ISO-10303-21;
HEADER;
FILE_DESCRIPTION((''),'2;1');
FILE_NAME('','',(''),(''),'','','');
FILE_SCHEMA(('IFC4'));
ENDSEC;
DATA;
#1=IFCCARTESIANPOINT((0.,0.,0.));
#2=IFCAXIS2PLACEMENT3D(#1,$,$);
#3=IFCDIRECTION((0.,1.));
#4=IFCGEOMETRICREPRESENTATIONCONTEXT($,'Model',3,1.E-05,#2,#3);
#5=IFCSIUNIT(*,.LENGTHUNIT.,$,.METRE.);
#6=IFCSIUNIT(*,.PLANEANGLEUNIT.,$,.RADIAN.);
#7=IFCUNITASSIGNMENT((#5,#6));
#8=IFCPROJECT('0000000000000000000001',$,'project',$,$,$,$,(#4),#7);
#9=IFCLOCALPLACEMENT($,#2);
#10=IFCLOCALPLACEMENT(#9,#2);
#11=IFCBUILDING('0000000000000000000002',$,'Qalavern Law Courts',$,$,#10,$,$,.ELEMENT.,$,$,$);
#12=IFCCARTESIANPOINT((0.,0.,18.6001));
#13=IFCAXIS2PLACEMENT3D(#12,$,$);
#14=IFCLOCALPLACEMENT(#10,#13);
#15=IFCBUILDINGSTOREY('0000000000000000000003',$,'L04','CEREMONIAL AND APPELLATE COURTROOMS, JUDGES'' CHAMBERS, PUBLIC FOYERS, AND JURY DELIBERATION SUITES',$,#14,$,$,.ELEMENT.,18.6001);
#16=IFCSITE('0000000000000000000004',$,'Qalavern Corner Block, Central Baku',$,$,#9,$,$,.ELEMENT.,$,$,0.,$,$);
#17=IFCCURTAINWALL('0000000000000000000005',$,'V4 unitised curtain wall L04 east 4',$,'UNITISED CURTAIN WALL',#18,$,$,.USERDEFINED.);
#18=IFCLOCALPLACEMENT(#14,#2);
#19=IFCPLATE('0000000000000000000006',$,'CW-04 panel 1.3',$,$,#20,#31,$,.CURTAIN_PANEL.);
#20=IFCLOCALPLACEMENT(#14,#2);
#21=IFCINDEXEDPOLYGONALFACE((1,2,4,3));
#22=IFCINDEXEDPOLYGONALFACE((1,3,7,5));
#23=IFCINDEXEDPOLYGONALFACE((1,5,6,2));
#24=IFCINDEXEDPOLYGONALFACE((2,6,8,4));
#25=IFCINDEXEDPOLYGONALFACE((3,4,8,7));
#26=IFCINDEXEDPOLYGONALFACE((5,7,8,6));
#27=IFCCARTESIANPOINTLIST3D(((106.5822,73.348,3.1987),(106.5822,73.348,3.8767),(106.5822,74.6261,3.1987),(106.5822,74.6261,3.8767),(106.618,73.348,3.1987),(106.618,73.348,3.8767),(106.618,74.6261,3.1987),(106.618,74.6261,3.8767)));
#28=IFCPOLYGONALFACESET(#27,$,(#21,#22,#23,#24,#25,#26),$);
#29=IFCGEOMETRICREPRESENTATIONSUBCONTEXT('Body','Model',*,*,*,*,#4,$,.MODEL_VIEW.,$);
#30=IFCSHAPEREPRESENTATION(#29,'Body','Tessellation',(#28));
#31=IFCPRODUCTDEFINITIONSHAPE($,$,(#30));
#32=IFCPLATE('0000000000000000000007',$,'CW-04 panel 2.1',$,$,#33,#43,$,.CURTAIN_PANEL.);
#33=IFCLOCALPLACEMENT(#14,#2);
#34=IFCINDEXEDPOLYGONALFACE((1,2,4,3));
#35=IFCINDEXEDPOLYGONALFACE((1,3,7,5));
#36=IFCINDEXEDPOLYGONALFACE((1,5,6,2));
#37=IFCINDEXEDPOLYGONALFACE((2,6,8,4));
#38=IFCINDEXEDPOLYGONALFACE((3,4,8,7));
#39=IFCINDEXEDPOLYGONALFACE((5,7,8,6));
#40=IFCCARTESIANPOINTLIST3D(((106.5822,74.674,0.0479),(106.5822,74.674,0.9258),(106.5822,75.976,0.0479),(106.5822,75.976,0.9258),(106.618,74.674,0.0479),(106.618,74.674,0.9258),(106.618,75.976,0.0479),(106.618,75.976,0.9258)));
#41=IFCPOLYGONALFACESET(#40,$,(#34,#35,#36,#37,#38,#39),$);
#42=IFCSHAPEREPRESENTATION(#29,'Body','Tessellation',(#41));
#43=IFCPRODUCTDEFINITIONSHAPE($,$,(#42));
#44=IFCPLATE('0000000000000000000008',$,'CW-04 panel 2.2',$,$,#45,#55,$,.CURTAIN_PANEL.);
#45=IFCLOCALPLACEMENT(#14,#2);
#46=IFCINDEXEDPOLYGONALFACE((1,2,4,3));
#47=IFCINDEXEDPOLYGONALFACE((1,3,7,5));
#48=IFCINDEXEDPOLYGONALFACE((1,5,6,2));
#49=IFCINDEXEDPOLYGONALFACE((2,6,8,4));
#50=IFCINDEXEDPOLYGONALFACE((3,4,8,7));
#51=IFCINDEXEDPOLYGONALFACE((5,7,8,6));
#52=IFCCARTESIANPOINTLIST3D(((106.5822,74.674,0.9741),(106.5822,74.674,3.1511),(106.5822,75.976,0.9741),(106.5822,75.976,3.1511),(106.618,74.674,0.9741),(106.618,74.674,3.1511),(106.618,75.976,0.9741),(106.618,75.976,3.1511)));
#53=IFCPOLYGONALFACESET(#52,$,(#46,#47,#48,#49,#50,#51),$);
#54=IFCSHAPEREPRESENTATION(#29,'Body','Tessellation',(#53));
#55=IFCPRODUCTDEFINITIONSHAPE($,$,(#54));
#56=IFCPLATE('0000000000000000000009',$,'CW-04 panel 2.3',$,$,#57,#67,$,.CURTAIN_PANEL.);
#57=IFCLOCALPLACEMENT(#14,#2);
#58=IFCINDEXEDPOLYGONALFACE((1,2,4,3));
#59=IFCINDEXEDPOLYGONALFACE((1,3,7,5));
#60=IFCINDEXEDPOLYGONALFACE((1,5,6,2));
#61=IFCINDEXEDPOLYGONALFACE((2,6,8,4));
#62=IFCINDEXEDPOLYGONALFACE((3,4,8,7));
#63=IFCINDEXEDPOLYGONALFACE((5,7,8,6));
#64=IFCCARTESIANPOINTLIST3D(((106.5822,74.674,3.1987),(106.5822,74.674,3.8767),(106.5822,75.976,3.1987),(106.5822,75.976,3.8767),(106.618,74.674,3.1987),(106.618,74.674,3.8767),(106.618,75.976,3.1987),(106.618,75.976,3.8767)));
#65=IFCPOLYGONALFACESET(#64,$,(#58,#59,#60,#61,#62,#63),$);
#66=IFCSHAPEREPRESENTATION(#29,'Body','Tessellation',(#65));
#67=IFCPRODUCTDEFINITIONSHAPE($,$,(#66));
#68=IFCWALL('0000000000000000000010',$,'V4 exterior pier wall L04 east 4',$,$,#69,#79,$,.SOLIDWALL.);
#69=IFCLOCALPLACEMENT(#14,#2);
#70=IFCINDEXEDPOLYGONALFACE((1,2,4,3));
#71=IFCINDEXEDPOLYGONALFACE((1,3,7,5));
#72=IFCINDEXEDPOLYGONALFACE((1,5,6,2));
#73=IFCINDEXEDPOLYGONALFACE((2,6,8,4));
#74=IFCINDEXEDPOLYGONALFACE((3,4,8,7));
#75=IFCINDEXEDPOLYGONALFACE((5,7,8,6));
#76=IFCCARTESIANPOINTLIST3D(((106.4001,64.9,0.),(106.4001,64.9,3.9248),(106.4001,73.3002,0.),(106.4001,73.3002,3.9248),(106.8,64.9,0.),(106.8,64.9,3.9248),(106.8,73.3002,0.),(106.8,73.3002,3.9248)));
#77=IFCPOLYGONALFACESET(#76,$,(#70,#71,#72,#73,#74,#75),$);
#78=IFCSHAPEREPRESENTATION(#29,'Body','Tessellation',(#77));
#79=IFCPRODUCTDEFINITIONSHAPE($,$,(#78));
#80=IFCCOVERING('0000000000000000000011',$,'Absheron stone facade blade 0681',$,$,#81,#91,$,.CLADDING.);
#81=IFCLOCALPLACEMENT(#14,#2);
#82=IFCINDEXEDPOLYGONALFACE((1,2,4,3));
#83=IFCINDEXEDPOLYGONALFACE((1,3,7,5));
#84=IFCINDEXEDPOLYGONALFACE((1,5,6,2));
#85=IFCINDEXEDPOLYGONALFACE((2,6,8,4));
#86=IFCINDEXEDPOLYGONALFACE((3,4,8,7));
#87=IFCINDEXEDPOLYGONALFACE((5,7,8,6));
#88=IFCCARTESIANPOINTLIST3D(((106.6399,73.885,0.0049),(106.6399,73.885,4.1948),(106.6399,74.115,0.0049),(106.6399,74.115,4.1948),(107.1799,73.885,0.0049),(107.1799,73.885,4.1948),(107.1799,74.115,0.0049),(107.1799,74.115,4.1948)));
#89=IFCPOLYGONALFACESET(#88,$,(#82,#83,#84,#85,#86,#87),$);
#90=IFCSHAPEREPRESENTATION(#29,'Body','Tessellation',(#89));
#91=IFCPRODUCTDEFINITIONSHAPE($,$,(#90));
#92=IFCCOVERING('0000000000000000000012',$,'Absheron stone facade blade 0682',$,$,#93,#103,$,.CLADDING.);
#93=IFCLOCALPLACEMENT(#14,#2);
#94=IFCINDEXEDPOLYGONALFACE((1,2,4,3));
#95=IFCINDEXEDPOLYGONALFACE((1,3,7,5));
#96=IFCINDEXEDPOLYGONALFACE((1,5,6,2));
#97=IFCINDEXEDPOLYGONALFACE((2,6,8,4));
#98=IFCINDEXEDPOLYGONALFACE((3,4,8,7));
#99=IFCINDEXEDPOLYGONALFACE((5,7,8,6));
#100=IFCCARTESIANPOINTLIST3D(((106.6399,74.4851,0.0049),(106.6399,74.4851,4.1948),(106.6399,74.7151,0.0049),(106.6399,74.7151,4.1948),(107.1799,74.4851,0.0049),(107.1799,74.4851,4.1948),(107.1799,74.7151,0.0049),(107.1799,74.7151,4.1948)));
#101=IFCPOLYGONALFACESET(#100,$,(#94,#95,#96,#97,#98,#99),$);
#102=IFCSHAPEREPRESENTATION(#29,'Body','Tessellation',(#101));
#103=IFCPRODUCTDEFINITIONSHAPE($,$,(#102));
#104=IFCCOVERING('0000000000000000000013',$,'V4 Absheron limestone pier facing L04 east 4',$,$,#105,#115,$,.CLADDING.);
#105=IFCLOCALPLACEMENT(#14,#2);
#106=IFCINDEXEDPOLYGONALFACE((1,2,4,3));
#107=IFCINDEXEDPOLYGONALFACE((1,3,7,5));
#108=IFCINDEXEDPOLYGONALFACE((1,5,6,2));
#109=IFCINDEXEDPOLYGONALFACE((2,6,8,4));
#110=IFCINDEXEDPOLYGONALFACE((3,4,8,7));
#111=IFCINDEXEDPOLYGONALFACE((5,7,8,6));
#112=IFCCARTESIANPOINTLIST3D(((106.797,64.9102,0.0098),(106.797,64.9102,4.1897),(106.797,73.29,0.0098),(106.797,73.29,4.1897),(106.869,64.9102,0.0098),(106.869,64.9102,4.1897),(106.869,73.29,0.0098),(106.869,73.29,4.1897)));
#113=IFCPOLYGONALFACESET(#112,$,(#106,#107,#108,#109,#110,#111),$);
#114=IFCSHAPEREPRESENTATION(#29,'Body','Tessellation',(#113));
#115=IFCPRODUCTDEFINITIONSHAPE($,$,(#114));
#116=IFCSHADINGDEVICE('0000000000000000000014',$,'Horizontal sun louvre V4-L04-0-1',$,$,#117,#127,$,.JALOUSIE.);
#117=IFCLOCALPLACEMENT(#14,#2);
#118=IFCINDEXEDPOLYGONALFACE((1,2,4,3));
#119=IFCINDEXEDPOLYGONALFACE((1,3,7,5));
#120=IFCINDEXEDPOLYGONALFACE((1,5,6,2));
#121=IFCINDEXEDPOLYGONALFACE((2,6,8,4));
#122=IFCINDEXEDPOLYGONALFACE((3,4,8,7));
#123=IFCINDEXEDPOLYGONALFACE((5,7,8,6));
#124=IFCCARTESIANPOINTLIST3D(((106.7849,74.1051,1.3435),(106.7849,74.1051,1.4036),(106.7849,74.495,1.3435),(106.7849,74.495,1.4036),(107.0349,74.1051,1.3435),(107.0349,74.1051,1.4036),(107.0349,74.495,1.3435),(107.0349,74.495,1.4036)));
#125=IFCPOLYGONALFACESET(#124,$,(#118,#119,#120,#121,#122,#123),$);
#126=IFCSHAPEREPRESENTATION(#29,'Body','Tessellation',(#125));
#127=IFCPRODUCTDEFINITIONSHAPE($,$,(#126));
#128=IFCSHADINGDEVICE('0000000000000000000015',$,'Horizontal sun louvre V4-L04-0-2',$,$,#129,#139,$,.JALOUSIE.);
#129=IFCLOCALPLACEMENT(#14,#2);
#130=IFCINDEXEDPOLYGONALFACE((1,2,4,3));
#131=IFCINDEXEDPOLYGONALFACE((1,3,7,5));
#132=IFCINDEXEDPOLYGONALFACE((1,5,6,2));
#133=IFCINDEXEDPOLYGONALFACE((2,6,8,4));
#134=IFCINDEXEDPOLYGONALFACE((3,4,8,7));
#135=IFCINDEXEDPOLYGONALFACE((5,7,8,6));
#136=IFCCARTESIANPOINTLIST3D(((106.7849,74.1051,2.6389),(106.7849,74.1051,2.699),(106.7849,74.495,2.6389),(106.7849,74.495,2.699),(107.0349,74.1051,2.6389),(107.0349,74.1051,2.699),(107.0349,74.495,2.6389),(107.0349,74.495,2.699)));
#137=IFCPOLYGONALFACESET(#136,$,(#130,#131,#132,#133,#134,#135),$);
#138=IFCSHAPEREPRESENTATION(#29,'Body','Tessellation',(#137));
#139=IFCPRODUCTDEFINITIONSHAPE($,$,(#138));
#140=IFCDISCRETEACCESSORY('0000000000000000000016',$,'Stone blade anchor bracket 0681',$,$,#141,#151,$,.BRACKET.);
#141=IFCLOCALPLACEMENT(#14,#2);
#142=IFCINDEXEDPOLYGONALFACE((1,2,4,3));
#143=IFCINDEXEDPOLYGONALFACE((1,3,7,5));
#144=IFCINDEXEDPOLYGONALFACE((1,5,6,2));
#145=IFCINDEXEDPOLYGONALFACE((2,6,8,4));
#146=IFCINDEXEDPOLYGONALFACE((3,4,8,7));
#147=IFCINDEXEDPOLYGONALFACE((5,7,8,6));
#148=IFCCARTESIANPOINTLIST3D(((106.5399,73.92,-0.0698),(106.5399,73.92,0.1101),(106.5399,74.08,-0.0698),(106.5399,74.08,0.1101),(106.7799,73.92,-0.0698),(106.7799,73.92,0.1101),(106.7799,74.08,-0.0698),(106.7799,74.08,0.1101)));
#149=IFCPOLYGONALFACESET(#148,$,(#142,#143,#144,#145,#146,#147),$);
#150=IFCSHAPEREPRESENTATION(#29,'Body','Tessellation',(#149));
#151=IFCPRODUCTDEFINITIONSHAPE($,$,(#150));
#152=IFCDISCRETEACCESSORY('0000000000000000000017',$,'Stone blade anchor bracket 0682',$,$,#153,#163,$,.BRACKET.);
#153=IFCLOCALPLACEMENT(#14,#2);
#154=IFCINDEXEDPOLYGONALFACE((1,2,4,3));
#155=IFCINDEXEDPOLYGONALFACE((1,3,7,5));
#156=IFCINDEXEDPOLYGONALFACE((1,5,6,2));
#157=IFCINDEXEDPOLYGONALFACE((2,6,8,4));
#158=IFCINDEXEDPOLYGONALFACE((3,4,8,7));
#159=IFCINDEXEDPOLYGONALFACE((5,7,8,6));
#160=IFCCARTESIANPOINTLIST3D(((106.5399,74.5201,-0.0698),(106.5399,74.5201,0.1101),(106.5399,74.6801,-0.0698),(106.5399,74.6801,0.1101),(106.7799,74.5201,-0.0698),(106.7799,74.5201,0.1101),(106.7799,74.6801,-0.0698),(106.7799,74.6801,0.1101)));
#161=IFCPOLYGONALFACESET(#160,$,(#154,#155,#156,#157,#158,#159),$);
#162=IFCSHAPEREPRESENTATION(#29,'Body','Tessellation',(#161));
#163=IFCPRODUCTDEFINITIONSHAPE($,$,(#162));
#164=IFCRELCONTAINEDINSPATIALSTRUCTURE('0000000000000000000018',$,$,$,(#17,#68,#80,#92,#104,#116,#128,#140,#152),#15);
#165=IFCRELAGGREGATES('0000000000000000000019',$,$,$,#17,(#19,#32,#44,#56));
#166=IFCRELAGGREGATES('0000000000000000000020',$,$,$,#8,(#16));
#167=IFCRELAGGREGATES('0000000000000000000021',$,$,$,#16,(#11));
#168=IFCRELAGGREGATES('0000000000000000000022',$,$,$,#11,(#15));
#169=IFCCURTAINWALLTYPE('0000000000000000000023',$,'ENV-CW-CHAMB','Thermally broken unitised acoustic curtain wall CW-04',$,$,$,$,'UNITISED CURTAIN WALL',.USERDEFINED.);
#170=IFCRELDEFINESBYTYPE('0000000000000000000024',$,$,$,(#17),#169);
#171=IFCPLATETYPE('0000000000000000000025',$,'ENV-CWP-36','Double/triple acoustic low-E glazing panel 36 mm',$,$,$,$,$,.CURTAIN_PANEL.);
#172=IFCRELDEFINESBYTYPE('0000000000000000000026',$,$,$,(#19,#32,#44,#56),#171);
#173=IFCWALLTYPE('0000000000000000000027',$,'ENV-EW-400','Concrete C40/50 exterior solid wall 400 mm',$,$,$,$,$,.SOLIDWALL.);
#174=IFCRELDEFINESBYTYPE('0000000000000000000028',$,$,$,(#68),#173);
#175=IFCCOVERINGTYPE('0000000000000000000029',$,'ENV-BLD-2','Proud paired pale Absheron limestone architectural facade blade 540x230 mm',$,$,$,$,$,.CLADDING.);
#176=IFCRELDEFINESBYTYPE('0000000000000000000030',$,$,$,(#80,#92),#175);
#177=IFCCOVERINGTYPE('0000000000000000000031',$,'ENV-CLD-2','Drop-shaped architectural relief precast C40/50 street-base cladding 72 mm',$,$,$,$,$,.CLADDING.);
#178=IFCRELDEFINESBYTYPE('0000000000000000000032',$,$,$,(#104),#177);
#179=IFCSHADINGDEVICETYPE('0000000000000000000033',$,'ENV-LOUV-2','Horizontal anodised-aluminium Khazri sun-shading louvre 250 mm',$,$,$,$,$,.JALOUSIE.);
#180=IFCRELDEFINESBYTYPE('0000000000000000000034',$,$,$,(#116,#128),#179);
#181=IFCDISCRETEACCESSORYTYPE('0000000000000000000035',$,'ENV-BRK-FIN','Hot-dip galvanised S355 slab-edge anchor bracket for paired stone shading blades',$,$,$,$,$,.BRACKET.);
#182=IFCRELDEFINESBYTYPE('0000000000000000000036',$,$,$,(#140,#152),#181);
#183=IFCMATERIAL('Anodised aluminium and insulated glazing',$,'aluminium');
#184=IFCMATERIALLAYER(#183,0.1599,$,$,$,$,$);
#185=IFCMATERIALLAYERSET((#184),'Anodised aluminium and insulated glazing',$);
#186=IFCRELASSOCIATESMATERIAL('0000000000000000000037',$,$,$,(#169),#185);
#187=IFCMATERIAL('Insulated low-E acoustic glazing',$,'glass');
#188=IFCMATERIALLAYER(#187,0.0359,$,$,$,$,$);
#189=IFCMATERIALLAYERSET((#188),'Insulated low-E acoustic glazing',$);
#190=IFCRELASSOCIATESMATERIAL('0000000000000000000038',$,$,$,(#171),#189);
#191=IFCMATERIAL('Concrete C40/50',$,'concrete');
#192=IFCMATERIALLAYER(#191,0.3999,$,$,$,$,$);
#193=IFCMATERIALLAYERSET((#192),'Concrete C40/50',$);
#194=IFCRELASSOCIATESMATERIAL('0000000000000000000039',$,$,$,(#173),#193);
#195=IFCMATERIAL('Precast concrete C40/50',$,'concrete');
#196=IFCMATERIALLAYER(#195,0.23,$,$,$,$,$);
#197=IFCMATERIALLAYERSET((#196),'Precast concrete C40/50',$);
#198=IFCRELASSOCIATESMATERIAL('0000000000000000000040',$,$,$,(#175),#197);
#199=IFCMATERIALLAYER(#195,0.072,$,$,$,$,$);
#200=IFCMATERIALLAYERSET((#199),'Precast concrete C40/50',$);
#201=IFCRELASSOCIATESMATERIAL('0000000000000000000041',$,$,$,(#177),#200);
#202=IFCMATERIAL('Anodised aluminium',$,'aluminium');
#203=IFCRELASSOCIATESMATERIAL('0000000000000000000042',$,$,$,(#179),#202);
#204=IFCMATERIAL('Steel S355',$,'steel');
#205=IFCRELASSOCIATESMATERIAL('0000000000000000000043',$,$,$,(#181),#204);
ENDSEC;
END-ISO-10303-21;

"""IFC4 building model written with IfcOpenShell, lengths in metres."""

from ifc_helpers import new_model, si_unit, direction, frame, frame_2d, origin, origin_2d, place, context, subcontext, project, spatial, rectangle, extrude, material, layer, layer_set, type_object, element, aggregate, save


model = new_model("IFC4")

# Units and contexts
model_context = context("Model", 3, precision=1e-05, world=origin(), true_north=direction((0.0, 1.0)))
body_context = subcontext(model_context, "Body", "Model", "MODEL_VIEW")
ifc_project = project(units=[si_unit("LENGTHUNIT", "METRE"), si_unit("PLANEANGLEUNIT", "RADIAN")], contexts=[model_context])

# Site, building, storey
site_placement = place(None, origin())
site = spatial("IfcSite", under=ifc_project, at=site_placement, Name="Qalavern Corner Block, Central Baku", CompositionType="ELEMENT", RefElevation=0.0)
building_placement = place(site_placement, origin())
building = spatial("IfcBuilding", under=site, at=building_placement, Name="Qalavern Law Courts", CompositionType="ELEMENT")
storey_placement = place(building_placement, frame((0.0, 0.0, 18.6001)))
storey = spatial("IfcBuildingStorey", under=building, at=storey_placement, Name="L04", Description="CEREMONIAL AND APPELLATE COURTROOMS, JUDGES' CHAMBERS, PUBLIC FOYERS, AND JURY DELIBERATION SUITES", CompositionType="ELEMENT", Elevation=18.6001)

# Curtain wall
ifc_material_1 = material(Name="Anodised aluminium and insulated glazing", Category="aluminium")
ifc_layer_1 = layer(ifc_material_1, 0.1599)
ifc_layer_set_1 = layer_set([ifc_layer_1], Name="Anodised aluminium and insulated glazing")
curtain_wall_type = type_object("IfcCurtainWallType", Name="ENV-CW-CHAMB", Description="Thermally broken unitised acoustic curtain wall CW-04", ElementType="UNITISED CURTAIN WALL", PredefinedType="USERDEFINED", material=ifc_layer_set_1)
ifc_material_2 = material(Name="Anodised aluminium", Category="aluminium")
curtain_wall_1_placement = place(storey_placement, origin())
curtain_wall_1 = element("IfcCurtainWall", 1, at=curtain_wall_1_placement, inside=storey, type_object=curtain_wall_type, Name="V4 unitised curtain wall L04 east 4", ObjectType="UNITISED CURTAIN WALL", PredefinedType="USERDEFINED")

# Plates
ifc_material_3 = material(Name="Insulated low-E acoustic glazing", Category="glass")
ifc_layer_2 = layer(ifc_material_3, 0.0359)
ifc_layer_set_2 = layer_set([ifc_layer_2], Name="Insulated low-E acoustic glazing")
plate_type_1 = type_object("IfcPlateType", Name="ENV-CWP-36", Description="Double/triple acoustic low-E glazing panel 36 mm", PredefinedType="CURTAIN_PANEL", material=ifc_layer_set_2)
plate_1_placement = place(storey_placement, frame((106.6001, 73.9871, 3.1987), z_axis=(0.0, 0.0, 1.0), x_axis=(0.0, 1.0, 0.0)))
plate_1 = element("IfcPlate", 2, at=plate_1_placement, type_object=plate_type_1, Name="CW-04 panel 1.3", PredefinedType="CURTAIN_PANEL", context=body_context, shape_type="SweptSolid", body=[
    extrude(rectangle(XDim=1.2781, YDim=0.0359, at=origin_2d()), origin(), (0.0, 0.0, 1.0), 0.678),
])
plate_2_placement = place(storey_placement, frame((106.6001, 75.325, 0.0479), z_axis=(0.0, 0.0, 1.0), x_axis=(0.0, 1.0, 0.0)))
plate_2 = element("IfcPlate", 3, at=plate_2_placement, type_object=plate_type_1, Name="CW-04 panel 2.1", PredefinedType="CURTAIN_PANEL", context=body_context, shape_type="SweptSolid", body=[
    extrude(rectangle(XDim=1.302, YDim=0.0359, at=origin_2d()), origin(), (0.0, 0.0, 1.0), 0.8779),
])
plate_3_placement = place(storey_placement, frame((106.6001, 75.325, 0.9741), z_axis=(0.0, 0.0, 1.0), x_axis=(0.0, 1.0, 0.0)))
plate_3 = element("IfcPlate", 4, at=plate_3_placement, type_object=plate_type_1, Name="CW-04 panel 2.2", PredefinedType="CURTAIN_PANEL", context=body_context, shape_type="SweptSolid", body=[
    extrude(rectangle(XDim=1.302, YDim=0.0359, at=origin_2d()), origin(), (0.0, 0.0, 1.0), 2.177),
])
plate_4_placement = place(storey_placement, frame((106.6001, 75.325, 3.1987), z_axis=(0.0, 0.0, 1.0), x_axis=(0.0, 1.0, 0.0)))
plate_4 = element("IfcPlate", 5, at=plate_4_placement, type_object=plate_type_1, Name="CW-04 panel 2.3", PredefinedType="CURTAIN_PANEL", context=body_context, shape_type="SweptSolid", body=[
    extrude(rectangle(XDim=1.302, YDim=0.0359, at=origin_2d()), origin(), (0.0, 0.0, 1.0), 0.678),
])
aggregate(curtain_wall_1, [plate_1, plate_2, plate_3, plate_4])

# Wall
ifc_material_4 = material(Name="Concrete C40/50", Category="concrete")
ifc_layer_3 = layer(ifc_material_4, 0.3999)
ifc_layer_set_3 = layer_set([ifc_layer_3], Name="Concrete C40/50")
wall_type = type_object("IfcWallType", Name="ENV-EW-400", Description="Concrete C40/50 exterior solid wall 400 mm", PredefinedType="SOLIDWALL", material=ifc_layer_set_3)
wall_placement = place(storey_placement, frame((106.6001, 64.8999, 0.0), z_axis=(0.0, 0.0, 1.0), x_axis=(0.0, 1.0, 0.0)))
element("IfcWall", 6, at=wall_placement, inside=storey, type_object=wall_type, Name="V4 exterior pier wall L04 east 4", PredefinedType="SOLIDWALL", context=body_context, shape_type="SweptSolid", body=[
    extrude(rectangle(XDim=8.4001, YDim=0.3999, at=frame_2d((4.2002, 0.0))), origin(), (0.0, 0.0, 1.0), 3.9248),
])

# Coverings
ifc_material_5 = material(Name="Precast concrete C40/50", Category="concrete")
ifc_layer_4 = layer(ifc_material_5, 0.23)
ifc_layer_set_4 = layer_set([ifc_layer_4], Name="Precast concrete C40/50")
covering_type_1 = type_object("IfcCoveringType", Name="ENV-BLD-2", Description="Proud paired pale Absheron limestone architectural facade blade 540x230 mm", PredefinedType="CLADDING", material=ifc_layer_set_4)
for number, where, z_axis, x_axis, name in (
    (7, (106.9099, 74.0, 0.0049), (0.0, 0.0, 1.0), (1.0, 0.0, 0.0), "Absheron stone facade blade 0681"),
    (8, (106.9099, 74.6001, 0.0049), (0.0, 0.0, 1.0), (1.0, 0.0, 0.0), "Absheron stone facade blade 0682"),
):
    element("IfcCovering", number, at=place(storey_placement, frame(where, z_axis=z_axis, x_axis=x_axis)), inside=storey, type_object=covering_type_1, Name=name, PredefinedType="CLADDING", context=body_context, shape_type="SweptSolid", body=[
        extrude(rectangle(XDim=0.54, YDim=0.23, at=origin_2d()), origin(), (0.0, 0.0, 1.0), 4.1899),
    ])
ifc_layer_5 = layer(ifc_material_5, 0.072)
ifc_layer_set_5 = layer_set([ifc_layer_5], Name="Precast concrete C40/50")
covering_type_2 = type_object("IfcCoveringType", Name="ENV-CLD-2", Description="Drop-shaped architectural relief precast C40/50 street-base cladding 72 mm", PredefinedType="CLADDING", material=ifc_layer_set_5)
covering_placement = place(storey_placement, frame((106.833, 69.1001, 0.0098), z_axis=(0.0, 0.0, 1.0), x_axis=(0.0, 1.0, 0.0)))
element("IfcCovering", 9, at=covering_placement, inside=storey, type_object=covering_type_2, Name="V4 Absheron limestone pier facing L04 east 4", PredefinedType="CLADDING", context=body_context, shape_type="SweptSolid", body=[
    extrude(rectangle(XDim=8.3799, YDim=0.072, at=origin_2d()), origin(), (0.0, 0.0, 1.0), 4.1799),
])

# Shading devices
shading_device_type = type_object("IfcShadingDeviceType", Name="ENV-LOUV-2", Description="Horizontal anodised-aluminium Khazri sun-shading louvre 250 mm", PredefinedType="JALOUSIE", material=ifc_material_2)
for number, where, z_axis, x_axis, name in (
    (10, (106.9099, 74.3, 1.3435), (0.0, 0.0, 1.0), (0.0, 1.0, 0.0), "Horizontal sun louvre V4-L04-0-1"),
    (11, (106.9099, 74.3, 2.6389), (0.0, 0.0, 1.0), (0.0, 1.0, 0.0), "Horizontal sun louvre V4-L04-0-2"),
):
    element("IfcShadingDevice", number, at=place(storey_placement, frame(where, z_axis=z_axis, x_axis=x_axis)), inside=storey, type_object=shading_device_type, Name=name, PredefinedType="JALOUSIE", context=body_context, shape_type="SweptSolid", body=[
        extrude(rectangle(XDim=0.3899, YDim=0.25, at=origin_2d()), origin(), (0.0, 0.0, 1.0), 0.0601),
    ])

# Discrete accessories
ifc_material_6 = material(Name="Steel S355", Category="steel")
discrete_accessory_type = type_object("IfcDiscreteAccessoryType", Name="ENV-BRK-FIN", Description="Hot-dip galvanised S355 slab-edge anchor bracket for paired stone shading blades", PredefinedType="BRACKET", material=ifc_material_6)
for number, where, z_axis, x_axis, name in (
    (12, (106.6599, 74.0, -0.0698), (0.0, 0.0, 1.0), (1.0, 0.0, 0.0), "Stone blade anchor bracket 0681"),
    (13, (106.6599, 74.6001, -0.0698), (0.0, 0.0, 1.0), (1.0, 0.0, 0.0), "Stone blade anchor bracket 0682"),
):
    element("IfcDiscreteAccessory", number, at=place(storey_placement, frame(where, z_axis=z_axis, x_axis=x_axis)), inside=storey, type_object=discrete_accessory_type, Name=name, PredefinedType="BRACKET", context=body_context, shape_type="SweptSolid", body=[
        extrude(rectangle(XDim=0.24, YDim=0.1599, at=origin_2d()), origin(), (0.0, 0.0, 1.0), 0.1799),
    ])

save(model, "model.ifc")
